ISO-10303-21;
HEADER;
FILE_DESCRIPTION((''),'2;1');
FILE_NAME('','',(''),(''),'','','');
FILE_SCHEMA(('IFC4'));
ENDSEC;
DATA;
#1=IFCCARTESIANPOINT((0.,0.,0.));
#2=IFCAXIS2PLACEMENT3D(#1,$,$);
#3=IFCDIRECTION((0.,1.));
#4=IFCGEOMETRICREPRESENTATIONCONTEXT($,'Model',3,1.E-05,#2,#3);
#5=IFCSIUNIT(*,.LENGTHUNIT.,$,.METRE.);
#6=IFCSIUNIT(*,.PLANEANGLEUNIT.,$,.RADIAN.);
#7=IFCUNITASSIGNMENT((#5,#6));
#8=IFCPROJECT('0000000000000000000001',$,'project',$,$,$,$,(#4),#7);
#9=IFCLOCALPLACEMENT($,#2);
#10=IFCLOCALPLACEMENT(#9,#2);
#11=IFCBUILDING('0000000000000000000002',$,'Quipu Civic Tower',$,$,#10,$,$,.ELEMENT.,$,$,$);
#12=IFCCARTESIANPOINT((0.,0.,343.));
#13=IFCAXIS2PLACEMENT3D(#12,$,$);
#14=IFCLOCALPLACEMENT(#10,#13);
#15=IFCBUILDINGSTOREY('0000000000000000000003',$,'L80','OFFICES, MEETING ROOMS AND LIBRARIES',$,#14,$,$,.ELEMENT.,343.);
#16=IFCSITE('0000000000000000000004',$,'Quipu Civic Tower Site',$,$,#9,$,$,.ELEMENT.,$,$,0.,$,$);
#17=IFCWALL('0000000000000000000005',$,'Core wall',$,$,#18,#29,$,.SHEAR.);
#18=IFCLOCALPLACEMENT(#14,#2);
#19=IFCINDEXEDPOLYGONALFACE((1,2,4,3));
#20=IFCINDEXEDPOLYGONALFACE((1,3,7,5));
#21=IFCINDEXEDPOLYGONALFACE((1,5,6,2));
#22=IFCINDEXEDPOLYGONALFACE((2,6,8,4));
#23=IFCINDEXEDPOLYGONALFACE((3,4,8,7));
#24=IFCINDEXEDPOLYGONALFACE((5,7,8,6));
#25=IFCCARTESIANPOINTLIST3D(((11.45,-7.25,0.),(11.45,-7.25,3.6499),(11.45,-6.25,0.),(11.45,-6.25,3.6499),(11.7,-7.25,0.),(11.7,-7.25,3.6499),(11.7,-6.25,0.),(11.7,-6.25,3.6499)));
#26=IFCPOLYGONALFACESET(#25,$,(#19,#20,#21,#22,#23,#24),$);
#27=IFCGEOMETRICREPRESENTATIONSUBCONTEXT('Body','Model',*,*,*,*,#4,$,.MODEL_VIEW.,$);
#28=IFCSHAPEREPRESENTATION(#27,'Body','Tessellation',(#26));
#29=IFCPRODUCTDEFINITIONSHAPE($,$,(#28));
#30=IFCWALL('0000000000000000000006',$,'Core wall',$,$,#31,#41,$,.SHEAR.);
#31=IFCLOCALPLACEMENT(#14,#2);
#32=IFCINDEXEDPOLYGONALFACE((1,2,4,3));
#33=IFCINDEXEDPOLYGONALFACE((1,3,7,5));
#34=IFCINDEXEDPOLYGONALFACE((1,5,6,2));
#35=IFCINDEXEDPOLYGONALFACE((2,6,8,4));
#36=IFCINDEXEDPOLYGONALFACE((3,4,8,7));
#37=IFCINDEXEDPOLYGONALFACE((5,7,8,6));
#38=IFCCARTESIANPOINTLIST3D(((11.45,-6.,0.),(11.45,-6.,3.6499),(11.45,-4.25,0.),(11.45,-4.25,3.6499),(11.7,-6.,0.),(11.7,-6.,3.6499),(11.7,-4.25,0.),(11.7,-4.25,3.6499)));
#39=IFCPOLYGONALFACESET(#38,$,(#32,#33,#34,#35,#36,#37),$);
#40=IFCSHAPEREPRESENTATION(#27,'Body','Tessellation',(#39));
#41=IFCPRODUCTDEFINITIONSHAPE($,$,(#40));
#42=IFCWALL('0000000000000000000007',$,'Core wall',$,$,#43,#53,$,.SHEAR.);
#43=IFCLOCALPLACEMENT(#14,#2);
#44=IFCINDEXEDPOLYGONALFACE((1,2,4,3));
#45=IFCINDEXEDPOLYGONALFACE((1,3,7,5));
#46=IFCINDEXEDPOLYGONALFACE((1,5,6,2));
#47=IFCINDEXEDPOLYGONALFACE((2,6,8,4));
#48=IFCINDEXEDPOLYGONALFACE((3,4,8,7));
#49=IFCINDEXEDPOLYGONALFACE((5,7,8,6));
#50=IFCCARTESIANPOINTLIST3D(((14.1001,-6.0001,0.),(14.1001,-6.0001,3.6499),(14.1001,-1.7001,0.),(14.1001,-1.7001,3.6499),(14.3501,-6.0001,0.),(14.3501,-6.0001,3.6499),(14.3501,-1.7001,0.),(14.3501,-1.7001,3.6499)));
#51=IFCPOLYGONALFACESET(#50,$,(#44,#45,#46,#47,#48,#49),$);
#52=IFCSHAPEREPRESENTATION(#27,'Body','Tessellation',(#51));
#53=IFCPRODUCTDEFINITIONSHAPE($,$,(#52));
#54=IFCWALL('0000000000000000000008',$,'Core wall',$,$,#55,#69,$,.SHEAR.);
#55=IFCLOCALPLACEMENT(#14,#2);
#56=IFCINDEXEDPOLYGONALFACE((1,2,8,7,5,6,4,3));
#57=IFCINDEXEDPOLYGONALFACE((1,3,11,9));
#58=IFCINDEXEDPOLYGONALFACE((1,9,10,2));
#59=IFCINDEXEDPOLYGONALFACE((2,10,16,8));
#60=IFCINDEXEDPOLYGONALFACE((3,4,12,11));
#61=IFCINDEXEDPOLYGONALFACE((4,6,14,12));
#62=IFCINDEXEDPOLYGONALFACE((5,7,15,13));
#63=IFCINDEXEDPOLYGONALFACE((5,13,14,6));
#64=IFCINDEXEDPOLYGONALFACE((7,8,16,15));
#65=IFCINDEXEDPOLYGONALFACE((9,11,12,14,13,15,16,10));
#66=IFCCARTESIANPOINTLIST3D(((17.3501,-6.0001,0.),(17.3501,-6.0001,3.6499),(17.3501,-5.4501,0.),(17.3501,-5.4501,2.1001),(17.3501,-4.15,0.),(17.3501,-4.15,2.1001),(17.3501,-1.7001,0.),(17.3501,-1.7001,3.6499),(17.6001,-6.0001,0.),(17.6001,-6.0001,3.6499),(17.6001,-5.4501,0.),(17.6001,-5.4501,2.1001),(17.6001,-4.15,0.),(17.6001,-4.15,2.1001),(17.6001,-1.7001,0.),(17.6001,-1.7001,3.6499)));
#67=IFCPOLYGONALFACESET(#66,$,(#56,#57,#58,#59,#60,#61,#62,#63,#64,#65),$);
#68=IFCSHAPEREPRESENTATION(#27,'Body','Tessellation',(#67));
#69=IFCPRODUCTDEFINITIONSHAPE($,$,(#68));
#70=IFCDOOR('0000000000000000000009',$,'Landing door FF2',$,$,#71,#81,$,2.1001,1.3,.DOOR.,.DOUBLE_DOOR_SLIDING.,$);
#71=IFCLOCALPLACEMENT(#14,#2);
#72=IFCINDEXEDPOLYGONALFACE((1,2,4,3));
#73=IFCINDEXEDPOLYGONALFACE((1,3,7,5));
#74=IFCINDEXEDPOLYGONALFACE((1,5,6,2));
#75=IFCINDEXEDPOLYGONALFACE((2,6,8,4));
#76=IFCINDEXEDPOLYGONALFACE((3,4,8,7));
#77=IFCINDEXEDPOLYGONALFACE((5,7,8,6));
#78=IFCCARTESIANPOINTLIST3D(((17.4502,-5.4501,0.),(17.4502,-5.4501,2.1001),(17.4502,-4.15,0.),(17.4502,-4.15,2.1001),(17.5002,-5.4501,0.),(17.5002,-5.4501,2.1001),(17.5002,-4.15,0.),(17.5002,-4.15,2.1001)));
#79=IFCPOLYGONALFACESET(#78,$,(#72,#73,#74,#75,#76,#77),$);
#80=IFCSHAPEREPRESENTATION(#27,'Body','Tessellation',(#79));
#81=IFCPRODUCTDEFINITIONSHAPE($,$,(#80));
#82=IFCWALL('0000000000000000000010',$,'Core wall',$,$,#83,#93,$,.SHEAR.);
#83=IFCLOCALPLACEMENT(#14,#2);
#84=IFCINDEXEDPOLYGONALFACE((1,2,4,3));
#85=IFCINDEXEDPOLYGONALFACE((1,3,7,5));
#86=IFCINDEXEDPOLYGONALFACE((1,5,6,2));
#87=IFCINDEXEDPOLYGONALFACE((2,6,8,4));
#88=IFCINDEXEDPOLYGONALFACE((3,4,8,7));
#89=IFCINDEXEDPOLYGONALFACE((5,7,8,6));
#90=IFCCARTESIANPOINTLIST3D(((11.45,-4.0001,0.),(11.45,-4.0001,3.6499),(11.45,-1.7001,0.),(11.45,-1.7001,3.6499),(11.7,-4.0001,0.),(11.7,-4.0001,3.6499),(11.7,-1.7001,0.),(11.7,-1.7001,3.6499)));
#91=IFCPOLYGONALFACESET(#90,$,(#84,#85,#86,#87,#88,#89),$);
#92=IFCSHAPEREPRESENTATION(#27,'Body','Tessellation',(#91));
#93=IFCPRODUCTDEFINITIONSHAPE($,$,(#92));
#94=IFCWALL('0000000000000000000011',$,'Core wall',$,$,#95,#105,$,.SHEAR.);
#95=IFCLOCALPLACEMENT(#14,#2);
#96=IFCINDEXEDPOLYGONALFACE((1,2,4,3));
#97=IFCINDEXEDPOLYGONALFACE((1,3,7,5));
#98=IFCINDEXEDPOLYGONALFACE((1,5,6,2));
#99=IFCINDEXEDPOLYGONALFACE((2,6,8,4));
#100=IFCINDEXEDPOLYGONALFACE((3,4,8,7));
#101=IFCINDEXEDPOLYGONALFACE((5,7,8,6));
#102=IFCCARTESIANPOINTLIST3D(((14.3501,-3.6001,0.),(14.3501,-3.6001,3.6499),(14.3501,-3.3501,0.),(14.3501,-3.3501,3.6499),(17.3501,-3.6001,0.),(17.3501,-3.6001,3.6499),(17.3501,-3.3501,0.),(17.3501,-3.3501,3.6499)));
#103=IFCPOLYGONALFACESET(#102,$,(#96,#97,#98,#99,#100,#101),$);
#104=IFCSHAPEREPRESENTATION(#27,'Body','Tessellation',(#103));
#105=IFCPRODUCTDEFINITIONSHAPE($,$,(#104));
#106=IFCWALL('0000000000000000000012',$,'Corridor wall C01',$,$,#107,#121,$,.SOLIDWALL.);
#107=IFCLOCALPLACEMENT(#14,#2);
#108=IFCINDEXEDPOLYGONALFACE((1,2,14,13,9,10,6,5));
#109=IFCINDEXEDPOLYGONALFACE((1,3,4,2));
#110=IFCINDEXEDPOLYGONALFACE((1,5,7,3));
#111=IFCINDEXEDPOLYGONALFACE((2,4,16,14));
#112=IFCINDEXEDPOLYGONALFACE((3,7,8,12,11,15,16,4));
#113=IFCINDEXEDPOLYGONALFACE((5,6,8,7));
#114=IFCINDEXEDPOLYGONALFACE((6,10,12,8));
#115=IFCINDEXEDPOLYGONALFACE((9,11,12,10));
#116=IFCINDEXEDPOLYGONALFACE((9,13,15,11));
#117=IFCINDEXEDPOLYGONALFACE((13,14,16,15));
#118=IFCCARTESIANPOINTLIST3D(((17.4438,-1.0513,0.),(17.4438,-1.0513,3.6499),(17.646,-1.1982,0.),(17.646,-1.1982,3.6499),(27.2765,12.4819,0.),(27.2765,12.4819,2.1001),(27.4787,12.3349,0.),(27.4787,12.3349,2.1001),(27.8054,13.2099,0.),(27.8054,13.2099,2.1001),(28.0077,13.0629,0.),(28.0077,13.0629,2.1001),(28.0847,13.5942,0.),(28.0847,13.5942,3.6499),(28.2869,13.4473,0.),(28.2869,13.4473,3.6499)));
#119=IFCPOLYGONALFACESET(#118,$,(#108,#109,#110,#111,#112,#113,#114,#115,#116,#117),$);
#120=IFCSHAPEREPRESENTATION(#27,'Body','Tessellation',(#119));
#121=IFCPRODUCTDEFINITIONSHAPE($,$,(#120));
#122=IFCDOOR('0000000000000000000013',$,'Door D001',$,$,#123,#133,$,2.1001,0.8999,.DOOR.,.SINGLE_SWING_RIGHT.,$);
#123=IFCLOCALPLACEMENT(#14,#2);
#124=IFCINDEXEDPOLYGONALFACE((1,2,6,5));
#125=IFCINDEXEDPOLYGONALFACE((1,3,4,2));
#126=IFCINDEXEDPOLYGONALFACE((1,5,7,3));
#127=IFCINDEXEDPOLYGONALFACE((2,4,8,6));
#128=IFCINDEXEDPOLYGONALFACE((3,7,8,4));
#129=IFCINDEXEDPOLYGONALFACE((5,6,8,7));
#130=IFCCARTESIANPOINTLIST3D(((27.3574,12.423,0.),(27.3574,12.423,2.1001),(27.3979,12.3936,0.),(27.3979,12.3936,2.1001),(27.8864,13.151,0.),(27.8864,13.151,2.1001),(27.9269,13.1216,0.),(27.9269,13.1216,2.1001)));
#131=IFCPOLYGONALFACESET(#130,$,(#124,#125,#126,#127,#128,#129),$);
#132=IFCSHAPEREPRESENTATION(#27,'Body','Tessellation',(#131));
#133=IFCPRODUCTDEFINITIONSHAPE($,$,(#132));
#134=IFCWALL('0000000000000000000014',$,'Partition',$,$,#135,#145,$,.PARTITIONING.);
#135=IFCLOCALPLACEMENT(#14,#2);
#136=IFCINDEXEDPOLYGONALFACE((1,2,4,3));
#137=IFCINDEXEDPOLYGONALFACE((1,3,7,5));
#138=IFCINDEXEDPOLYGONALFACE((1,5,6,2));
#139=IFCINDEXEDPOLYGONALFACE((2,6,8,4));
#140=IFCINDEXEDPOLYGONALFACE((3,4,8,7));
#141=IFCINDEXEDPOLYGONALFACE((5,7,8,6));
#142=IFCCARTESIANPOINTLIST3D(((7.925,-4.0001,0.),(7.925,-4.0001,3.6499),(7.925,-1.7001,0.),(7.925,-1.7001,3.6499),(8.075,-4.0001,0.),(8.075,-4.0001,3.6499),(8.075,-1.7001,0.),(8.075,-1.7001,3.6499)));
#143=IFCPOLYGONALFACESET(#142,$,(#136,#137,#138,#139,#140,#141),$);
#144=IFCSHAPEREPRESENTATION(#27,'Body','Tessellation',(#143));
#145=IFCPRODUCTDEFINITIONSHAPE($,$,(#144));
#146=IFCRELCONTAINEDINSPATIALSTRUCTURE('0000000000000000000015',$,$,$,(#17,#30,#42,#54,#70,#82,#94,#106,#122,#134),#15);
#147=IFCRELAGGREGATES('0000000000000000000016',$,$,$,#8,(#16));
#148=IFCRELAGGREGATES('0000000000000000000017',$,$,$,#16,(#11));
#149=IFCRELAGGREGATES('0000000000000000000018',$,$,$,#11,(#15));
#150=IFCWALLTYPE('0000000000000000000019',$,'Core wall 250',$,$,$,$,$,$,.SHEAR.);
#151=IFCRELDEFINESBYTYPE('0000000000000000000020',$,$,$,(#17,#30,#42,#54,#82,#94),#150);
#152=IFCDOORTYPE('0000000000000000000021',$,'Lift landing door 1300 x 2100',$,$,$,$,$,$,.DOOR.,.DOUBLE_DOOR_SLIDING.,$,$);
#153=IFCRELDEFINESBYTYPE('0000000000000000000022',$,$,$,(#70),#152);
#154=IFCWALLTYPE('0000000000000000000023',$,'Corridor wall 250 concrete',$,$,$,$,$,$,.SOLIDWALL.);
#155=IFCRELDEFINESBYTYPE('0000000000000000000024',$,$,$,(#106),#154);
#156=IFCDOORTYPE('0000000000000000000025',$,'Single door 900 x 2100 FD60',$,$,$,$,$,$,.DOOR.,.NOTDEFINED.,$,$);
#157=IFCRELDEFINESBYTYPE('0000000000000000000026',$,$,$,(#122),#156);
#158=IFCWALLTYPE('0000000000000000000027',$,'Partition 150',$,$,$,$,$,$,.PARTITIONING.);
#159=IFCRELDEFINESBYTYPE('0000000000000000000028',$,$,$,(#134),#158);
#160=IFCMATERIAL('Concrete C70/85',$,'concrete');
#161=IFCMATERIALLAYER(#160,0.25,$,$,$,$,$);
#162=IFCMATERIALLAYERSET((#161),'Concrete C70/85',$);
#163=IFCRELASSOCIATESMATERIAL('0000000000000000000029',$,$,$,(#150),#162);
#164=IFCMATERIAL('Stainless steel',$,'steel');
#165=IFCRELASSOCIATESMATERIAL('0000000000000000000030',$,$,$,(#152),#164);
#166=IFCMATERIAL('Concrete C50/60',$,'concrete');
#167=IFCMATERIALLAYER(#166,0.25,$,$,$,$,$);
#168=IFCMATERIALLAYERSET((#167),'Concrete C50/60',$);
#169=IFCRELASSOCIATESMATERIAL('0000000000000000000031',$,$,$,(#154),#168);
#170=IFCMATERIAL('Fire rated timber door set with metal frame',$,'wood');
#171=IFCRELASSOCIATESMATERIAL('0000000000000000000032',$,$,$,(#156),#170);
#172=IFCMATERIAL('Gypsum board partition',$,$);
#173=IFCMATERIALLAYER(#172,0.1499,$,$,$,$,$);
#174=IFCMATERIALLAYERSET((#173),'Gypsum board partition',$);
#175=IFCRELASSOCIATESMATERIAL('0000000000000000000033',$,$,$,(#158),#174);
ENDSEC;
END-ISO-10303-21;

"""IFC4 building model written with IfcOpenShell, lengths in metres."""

from ifc_helpers import new_model, si_unit, direction, frame, frame_2d, origin, place, context, subcontext, project, spatial, rectangle, extrude, material, layer, layer_set, type_object, element, fill, save


model = new_model("IFC4")

# Units and contexts
model_context = context("Model", 3, precision=1e-05, world=origin(), true_north=direction((0.0, 1.0)))
body_context = subcontext(model_context, "Body", "Model", "MODEL_VIEW")
ifc_project = project(units=[si_unit("LENGTHUNIT", "METRE"), si_unit("PLANEANGLEUNIT", "RADIAN")], contexts=[model_context])

# Site, building, storey
site_placement = place(None, origin())
site = spatial("IfcSite", under=ifc_project, at=site_placement, Name="Quipu Civic Tower Site", CompositionType="ELEMENT", RefElevation=0.0)
building_placement = place(site_placement, origin())
building = spatial("IfcBuilding", under=site, at=building_placement, Name="Quipu Civic Tower", CompositionType="ELEMENT")
storey_placement = place(building_placement, frame((0.0, 0.0, 343.0)))
storey = spatial("IfcBuildingStorey", under=building, at=storey_placement, Name="L80", Description="OFFICES, MEETING ROOMS AND LIBRARIES", CompositionType="ELEMENT", Elevation=343.0)

# Shared definitions
ifc_material_1 = material(Name="Concrete C70/85", Category="concrete")
ifc_layer_1 = layer(ifc_material_1, 0.25)
ifc_layer_set_1 = layer_set([ifc_layer_1], Name="Concrete C70/85")
wall_type_1 = type_object("IfcWallType", Name="Core wall 250", PredefinedType="SHEAR", material=ifc_layer_set_1)

# Walls
wall_1_placement = place(storey_placement, frame((11.575, -7.25, 0.0), z_axis=(0.0, 0.0, 1.0), x_axis=(0.0, 1.0, 0.0)))
element("IfcWall", 1, at=wall_1_placement, inside=storey, type_object=wall_type_1, Name="Core wall", PredefinedType="SHEAR", context=body_context, shape_type="SweptSolid", body=[
    extrude(rectangle(XDim=1.0, YDim=0.25, at=frame_2d((0.5, 0.0))), origin(), (0.0, 0.0, 1.0), 3.6499),
])
wall_2_placement = place(storey_placement, frame((11.575, -6.0, 0.0), z_axis=(0.0, 0.0, 1.0), x_axis=(0.0, 1.0, 0.0)))
element("IfcWall", 2, at=wall_2_placement, inside=storey, type_object=wall_type_1, Name="Core wall", PredefinedType="SHEAR", context=body_context, shape_type="SweptSolid", body=[
    extrude(rectangle(XDim=1.75, YDim=0.25, at=frame_2d((0.875, 0.0))), origin(), (0.0, 0.0, 1.0), 3.6499),
])
wall_3_placement = place(storey_placement, frame((14.2251, -6.0, 0.0), z_axis=(0.0, 0.0, 1.0), x_axis=(0.0, 1.0, 0.0)))
element("IfcWall", 3, at=wall_3_placement, inside=storey, type_object=wall_type_1, Name="Core wall", PredefinedType="SHEAR", context=body_context, shape_type="SweptSolid", body=[
    extrude(rectangle(XDim=4.3, YDim=0.25, at=frame_2d((2.1499, 0.0))), origin(), (0.0, 0.0, 1.0), 3.6499),
])

# Wall, opening, door
wall_4_placement = place(storey_placement, frame((17.4751, -6.0, 0.0), z_axis=(0.0, 0.0, 1.0), x_axis=(0.0, 1.0, 0.0)))
wall_4 = element("IfcWall", 4, at=wall_4_placement, inside=storey, type_object=wall_type_1, Name="Core wall", PredefinedType="SHEAR", context=body_context, shape_type="SweptSolid", body=[
    extrude(rectangle(XDim=4.3, YDim=0.25, at=frame_2d((2.1499, 0.0))), origin(), (0.0, 0.0, 1.0), 3.6499),
])
opening_1_placement = place(wall_4_placement, frame((0.55, 0.0, 0.0)))
opening_1 = element("IfcOpeningElement", 5, at=opening_1_placement, cuts=wall_4, PredefinedType="OPENING", context=body_context, shape_type="SweptSolid", body=[
    extrude(rectangle(XDim=1.3, YDim=2.1001, at=frame_2d((0.6499, 1.05))), frame((0.0, 0.135, 0.0), z_axis=(0.0, -1.0, 0.0), x_axis=(1.0, 0.0, 0.0)), (0.0, 0.0, 1.0), 0.27),
])
ifc_material_2 = material(Name="Stainless steel", Category="steel")
door_type_1 = type_object("IfcDoorType", Name="Lift landing door 1300 x 2100", OperationType="DOUBLE_DOOR_SLIDING", PredefinedType="DOOR", material=ifc_material_2)
door_1_placement = place(opening_1_placement, origin())
door_1 = element("IfcDoor", 6, at=door_1_placement, inside=storey, type_object=door_type_1, Name="Landing door FF2", OperationType="DOUBLE_DOOR_SLIDING", OverallHeight=2.1001, OverallWidth=1.3, PredefinedType="DOOR", context=body_context, shape_type="SweptSolid", body=[
    extrude(rectangle(XDim=1.3, YDim=2.1001, at=frame_2d((0.6499, 1.05))), frame((0.0, 0.0249, 0.0), z_axis=(0.0, -1.0, 0.0), x_axis=(1.0, 0.0, 0.0)), (0.0, 0.0, 1.0), 0.05),
])
fill(opening_1, door_1)

# Walls
wall_5_placement = place(storey_placement, frame((11.575, -4.0, 0.0), z_axis=(0.0, 0.0, 1.0), x_axis=(0.0, 1.0, 0.0)))
element("IfcWall", 7, at=wall_5_placement, inside=storey, type_object=wall_type_1, Name="Core wall", PredefinedType="SHEAR", context=body_context, shape_type="SweptSolid", body=[
    extrude(rectangle(XDim=2.3, YDim=0.25, at=frame_2d((1.1499, 0.0))), origin(), (0.0, 0.0, 1.0), 3.6499),
])
wall_6_placement = place(storey_placement, frame((14.3501, -3.4751, 0.0), z_axis=(0.0, 0.0, 1.0), x_axis=(1.0, 0.0, 0.0)))
element("IfcWall", 8, at=wall_6_placement, inside=storey, type_object=wall_type_1, Name="Core wall", PredefinedType="SHEAR", context=body_context, shape_type="SweptSolid", body=[
    extrude(rectangle(XDim=3.0, YDim=0.25, at=frame_2d((1.5, 0.0))), origin(), (0.0, 0.0, 1.0), 3.6499),
])

# Wall, opening, door
ifc_material_3 = material(Name="Concrete C50/60", Category="concrete")
ifc_layer_2 = layer(ifc_material_3, 0.25)
ifc_layer_set_2 = layer_set([ifc_layer_2], Name="Concrete C50/60")
wall_type_2 = type_object("IfcWallType", Name="Corridor wall 250 concrete", PredefinedType="SOLIDWALL", material=ifc_layer_set_2)
wall_7_placement = place(storey_placement, frame((17.5449, -1.1248, 0.0), z_axis=(0.0, 0.0, 1.0), x_axis=(0.587796, 0.80901, 0.0)))
wall_7 = element("IfcWall", 9, at=wall_7_placement, inside=storey, type_object=wall_type_2, Name="Corridor wall C01", PredefinedType="SOLIDWALL", context=body_context, shape_type="SweptSolid", body=[
    extrude(rectangle(XDim=18.103, YDim=0.25, at=frame_2d((9.0515, 0.0))), origin(), (0.0, 0.0, 1.0), 3.6499),
])
opening_2_placement = place(wall_7_placement, frame((16.728, 0.0, 0.0)))
opening_2 = element("IfcOpeningElement", 10, at=opening_2_placement, cuts=wall_7, PredefinedType="OPENING", context=body_context, shape_type="SweptSolid", body=[
    extrude(rectangle(XDim=0.8999, YDim=2.1001, at=frame_2d((0.45, 1.05))), frame((0.0, 0.135, 0.0), z_axis=(0.0, -1.0, 0.0), x_axis=(1.0, 0.0, 0.0)), (0.0, 0.0, 1.0), 0.27),
])
ifc_material_4 = material(Name="Fire rated timber door set with metal frame", Category="wood")
door_type_2 = type_object("IfcDoorType", Name="Single door 900 x 2100 FD60", OperationType="NOTDEFINED", PredefinedType="DOOR", material=ifc_material_4)
door_2_placement = place(opening_2_placement, origin())
door_2 = element("IfcDoor", 11, at=door_2_placement, inside=storey, type_object=door_type_2, Name="Door D001", OperationType="SINGLE_SWING_RIGHT", OverallHeight=2.1001, OverallWidth=0.8999, PredefinedType="DOOR", context=body_context, shape_type="SweptSolid", body=[
    extrude(rectangle(XDim=0.8999, YDim=2.1001, at=frame_2d((0.45, 1.05))), frame((0.0, 0.0249, 0.0), z_axis=(0.0, -1.0, 0.0), x_axis=(1.0, 0.0, 0.0)), (0.0, 0.0, 1.0), 0.05),
])
fill(opening_2, door_2)

# Wall
ifc_material_5 = material(Name="Gypsum board partition")
ifc_layer_3 = layer(ifc_material_5, 0.1499)
ifc_layer_set_3 = layer_set([ifc_layer_3], Name="Gypsum board partition")
wall_type_3 = type_object("IfcWallType", Name="Partition 150", PredefinedType="PARTITIONING", material=ifc_layer_set_3)
wall_8_placement = place(storey_placement, frame((8.0, -4.0, 0.0), z_axis=(0.0, 0.0, 1.0), x_axis=(0.0, 1.0, 0.0)))
element("IfcWall", 12, at=wall_8_placement, inside=storey, type_object=wall_type_3, Name="Partition", PredefinedType="PARTITIONING", context=body_context, shape_type="SweptSolid", body=[
    extrude(rectangle(XDim=2.3, YDim=0.1499, at=frame_2d((1.1499, 0.0))), origin(), (0.0, 0.0, 1.0), 3.6499),
])

save(model, "model.ifc")
